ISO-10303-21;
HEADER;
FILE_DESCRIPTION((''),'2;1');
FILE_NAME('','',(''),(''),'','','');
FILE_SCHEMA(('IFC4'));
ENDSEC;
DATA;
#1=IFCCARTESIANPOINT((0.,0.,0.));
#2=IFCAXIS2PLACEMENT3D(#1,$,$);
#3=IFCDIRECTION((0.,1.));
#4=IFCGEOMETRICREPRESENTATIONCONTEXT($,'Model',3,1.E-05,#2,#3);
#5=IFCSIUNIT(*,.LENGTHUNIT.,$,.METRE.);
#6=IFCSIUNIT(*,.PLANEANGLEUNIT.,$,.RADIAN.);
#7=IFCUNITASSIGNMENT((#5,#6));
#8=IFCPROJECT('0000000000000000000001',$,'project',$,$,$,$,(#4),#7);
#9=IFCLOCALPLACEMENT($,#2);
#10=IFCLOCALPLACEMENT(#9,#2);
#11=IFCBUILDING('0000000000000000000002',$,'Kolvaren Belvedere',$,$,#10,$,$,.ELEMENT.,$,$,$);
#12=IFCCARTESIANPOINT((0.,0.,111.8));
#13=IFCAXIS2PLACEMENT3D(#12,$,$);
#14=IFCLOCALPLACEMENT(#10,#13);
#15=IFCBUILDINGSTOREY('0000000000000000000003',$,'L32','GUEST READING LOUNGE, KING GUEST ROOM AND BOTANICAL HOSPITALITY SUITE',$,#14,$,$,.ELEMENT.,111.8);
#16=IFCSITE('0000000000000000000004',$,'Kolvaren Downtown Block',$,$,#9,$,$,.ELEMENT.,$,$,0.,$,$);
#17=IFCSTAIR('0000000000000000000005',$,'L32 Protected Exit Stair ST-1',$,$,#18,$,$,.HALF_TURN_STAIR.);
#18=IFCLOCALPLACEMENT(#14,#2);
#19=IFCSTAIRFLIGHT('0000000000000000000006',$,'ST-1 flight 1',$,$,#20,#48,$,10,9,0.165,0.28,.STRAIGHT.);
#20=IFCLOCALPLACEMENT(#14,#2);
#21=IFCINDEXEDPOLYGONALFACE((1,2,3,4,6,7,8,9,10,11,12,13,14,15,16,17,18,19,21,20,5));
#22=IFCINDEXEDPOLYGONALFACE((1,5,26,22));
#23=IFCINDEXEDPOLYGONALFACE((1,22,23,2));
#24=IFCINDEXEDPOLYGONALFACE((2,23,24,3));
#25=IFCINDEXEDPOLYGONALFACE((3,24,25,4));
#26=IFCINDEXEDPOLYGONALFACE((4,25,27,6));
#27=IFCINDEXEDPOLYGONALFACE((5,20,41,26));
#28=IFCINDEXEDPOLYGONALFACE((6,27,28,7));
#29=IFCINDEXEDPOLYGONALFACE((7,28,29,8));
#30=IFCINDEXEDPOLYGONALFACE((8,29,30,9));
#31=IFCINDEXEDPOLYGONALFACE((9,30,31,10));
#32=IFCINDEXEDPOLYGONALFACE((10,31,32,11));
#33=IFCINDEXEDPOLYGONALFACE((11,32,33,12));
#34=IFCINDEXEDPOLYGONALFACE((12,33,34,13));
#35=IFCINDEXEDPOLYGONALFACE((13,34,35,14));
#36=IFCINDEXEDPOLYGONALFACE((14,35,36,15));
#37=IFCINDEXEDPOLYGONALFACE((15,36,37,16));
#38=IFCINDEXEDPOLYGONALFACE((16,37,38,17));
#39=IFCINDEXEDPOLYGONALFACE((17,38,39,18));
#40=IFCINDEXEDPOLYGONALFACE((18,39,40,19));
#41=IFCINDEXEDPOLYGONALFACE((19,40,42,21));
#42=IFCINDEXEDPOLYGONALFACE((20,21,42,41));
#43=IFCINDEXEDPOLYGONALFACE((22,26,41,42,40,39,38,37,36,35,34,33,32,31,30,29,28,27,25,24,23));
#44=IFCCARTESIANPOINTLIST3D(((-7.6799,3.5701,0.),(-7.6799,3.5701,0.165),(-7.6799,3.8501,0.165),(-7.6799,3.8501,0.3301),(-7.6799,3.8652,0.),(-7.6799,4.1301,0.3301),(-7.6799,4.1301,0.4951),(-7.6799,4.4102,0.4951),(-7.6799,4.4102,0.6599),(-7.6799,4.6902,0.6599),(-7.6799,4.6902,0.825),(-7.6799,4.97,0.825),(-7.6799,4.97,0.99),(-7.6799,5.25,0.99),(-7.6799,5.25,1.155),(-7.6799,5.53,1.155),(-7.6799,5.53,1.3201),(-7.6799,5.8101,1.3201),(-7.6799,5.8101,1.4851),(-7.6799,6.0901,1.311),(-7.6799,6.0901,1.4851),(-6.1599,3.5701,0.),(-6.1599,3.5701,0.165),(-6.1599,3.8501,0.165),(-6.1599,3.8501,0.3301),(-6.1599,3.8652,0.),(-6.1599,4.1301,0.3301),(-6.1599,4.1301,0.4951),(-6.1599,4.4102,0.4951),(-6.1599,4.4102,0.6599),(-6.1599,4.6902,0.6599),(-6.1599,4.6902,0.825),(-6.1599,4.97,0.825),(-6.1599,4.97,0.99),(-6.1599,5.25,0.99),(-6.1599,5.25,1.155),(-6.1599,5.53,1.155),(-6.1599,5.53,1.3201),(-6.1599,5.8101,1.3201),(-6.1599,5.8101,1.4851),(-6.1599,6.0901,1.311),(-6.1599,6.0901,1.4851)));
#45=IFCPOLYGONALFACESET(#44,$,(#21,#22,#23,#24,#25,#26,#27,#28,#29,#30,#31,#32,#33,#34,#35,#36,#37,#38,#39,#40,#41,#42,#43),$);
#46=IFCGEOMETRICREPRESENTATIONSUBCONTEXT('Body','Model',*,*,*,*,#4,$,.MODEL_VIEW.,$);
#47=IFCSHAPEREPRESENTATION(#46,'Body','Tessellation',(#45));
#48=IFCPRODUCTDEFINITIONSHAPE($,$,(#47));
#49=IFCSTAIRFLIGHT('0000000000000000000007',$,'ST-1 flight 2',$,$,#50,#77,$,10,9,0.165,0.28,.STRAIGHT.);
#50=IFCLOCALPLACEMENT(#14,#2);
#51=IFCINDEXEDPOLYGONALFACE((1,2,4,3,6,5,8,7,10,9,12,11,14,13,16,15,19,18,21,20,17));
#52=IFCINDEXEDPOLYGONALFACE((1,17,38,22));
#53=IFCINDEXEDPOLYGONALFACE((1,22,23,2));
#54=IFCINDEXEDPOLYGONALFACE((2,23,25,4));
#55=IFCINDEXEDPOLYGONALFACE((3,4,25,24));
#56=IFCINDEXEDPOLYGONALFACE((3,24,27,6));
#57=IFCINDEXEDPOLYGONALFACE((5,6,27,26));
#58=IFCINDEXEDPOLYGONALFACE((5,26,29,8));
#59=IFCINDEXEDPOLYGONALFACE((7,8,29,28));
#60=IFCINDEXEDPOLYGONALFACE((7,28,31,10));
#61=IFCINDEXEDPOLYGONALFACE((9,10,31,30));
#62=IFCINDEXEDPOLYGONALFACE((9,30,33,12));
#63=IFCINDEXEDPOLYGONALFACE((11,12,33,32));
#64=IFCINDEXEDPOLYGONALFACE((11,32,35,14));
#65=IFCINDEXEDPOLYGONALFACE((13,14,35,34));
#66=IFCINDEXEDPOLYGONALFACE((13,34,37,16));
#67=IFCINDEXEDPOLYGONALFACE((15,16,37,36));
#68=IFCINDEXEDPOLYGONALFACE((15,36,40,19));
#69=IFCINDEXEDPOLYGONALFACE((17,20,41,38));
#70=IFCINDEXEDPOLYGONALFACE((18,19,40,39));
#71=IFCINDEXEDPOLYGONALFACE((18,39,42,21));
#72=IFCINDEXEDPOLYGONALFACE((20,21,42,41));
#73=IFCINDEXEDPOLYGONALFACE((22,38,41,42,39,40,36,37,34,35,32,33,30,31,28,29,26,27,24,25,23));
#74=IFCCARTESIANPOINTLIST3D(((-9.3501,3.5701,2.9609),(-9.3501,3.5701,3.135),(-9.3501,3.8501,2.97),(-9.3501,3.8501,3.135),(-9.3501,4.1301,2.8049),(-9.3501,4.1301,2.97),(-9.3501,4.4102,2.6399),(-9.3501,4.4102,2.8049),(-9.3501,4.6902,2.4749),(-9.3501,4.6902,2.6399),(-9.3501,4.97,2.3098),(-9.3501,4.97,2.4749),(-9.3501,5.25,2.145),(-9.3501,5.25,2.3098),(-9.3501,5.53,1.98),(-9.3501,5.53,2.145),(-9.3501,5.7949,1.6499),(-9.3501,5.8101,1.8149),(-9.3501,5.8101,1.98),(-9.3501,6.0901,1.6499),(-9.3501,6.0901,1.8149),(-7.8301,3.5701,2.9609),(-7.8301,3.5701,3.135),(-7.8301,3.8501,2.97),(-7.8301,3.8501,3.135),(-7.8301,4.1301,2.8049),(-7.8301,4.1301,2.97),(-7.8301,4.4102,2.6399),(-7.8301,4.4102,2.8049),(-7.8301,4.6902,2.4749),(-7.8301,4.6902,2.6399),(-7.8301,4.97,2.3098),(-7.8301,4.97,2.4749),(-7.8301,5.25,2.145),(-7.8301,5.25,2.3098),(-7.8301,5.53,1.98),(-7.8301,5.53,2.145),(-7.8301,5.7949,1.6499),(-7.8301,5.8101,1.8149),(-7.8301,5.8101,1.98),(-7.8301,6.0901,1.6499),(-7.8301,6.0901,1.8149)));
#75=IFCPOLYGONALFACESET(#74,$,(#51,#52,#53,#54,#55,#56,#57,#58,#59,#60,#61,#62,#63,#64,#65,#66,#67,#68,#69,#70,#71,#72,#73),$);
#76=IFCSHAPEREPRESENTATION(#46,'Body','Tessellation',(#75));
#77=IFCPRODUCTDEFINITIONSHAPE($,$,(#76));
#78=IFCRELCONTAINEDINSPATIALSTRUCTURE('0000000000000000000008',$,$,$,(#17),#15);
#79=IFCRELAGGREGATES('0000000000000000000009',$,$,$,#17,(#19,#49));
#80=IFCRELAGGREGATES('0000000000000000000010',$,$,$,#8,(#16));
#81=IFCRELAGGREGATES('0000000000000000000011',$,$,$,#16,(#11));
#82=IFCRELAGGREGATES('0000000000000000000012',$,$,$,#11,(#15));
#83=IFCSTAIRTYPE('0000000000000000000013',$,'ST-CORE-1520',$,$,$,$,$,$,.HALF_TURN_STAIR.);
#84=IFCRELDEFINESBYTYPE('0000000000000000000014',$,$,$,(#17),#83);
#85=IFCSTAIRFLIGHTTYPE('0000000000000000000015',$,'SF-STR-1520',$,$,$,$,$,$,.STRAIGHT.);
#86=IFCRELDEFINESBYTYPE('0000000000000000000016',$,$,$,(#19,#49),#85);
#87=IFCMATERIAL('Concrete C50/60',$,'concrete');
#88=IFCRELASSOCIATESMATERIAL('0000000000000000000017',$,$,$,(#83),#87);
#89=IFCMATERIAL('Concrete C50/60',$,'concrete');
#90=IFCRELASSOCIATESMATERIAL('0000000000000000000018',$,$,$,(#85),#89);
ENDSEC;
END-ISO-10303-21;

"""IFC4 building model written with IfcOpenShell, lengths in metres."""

from ifc_helpers import new_model, si_unit, direction, frame, origin, place, context, subcontext, project, spatial, polyline, outline, extrude, material, type_object, element, aggregate, save


model = new_model("IFC4")

# Units and contexts
model_context = context("Model", 3, precision=1e-05, world=origin(), true_north=direction((0.0, 1.0)))
body_context = subcontext(model_context, "Body", "Model", "MODEL_VIEW")
ifc_project = project(units=[si_unit("LENGTHUNIT", "METRE"), si_unit("PLANEANGLEUNIT", "RADIAN")], contexts=[model_context])

# Site, building, storey
site_placement = place(None, origin())
site = spatial("IfcSite", under=ifc_project, at=site_placement, Name="Kolvaren Downtown Block", CompositionType="ELEMENT", RefElevation=0.0)
building_placement = place(site_placement, origin())
building = spatial("IfcBuilding", under=site, at=building_placement, Name="Kolvaren Belvedere", CompositionType="ELEMENT")
storey_placement = place(building_placement, frame((0.0, 0.0, 111.8)))
storey = spatial("IfcBuildingStorey", under=building, at=storey_placement, Name="L32", Description="GUEST READING LOUNGE, KING GUEST ROOM AND BOTANICAL HOSPITALITY SUITE", CompositionType="ELEMENT", Elevation=111.8)

# Stair, stair flights
ifc_material_1 = material(Name="Concrete C50/60", Category="concrete")
stair_type = type_object("IfcStairType", Name="ST-CORE-1520", PredefinedType="HALF_TURN_STAIR", material=ifc_material_1)
stair_placement = place(storey_placement, origin())
stair = element("IfcStair", 1, at=stair_placement, inside=storey, type_object=stair_type, Name="L32 Protected Exit Stair ST-1", PredefinedType="HALF_TURN_STAIR")
ifc_material_2 = material(Name="Concrete C50/60", Category="concrete")
stair_flight_type = type_object("IfcStairFlightType", Name="SF-STR-1520", PredefinedType="STRAIGHT", material=ifc_material_2)
stair_flight_1_placement = place(storey_placement, frame((-6.9199, 3.5701, 0.0), z_axis=(0.0, 0.0, 1.0), x_axis=(0.0, 1.0, 0.0)))
stair_flight_1 = element("IfcStairFlight", 2, at=stair_flight_1_placement, type_object=stair_flight_type, Name="ST-1 flight 1", NumberOfRisers=10, NumberOfTreads=9, PredefinedType="STRAIGHT", RiserHeight=0.165, TreadLength=0.28, context=body_context, shape_type="SweptSolid", body=[
    extrude(outline(polyline([(0.0, 0.0), (0.0, 0.165), (0.28, 0.165), (0.28, 0.3301), (0.5601, 0.3301), (0.5601, 0.4951), (0.8401, 0.4951), (0.8401, 0.6599), (1.1201, 0.6599), (1.1201, 0.825), (1.3999, 0.825), (1.3999, 0.99), (1.6799, 0.99), (1.6799, 1.155), (1.96, 1.155), (1.96, 1.3201), (2.24, 1.3201), (2.24, 1.4851), (2.52, 1.4851), (2.52, 1.6499), (2.52, 1.311), (0.2952, 0.0), (0.0, 0.0)])), frame((0.0, 0.76, 0.0), z_axis=(0.0, -1.0, 0.0), x_axis=(1.0, 0.0, 0.0)), (0.0, 0.0, 1.0), 1.52),
])
stair_flight_2_placement = place(storey_placement, frame((-8.5901, 6.0901, 1.6499), z_axis=(0.0, 0.0, 1.0), x_axis=(0.0, -1.0, 0.0)))
stair_flight_2 = element("IfcStairFlight", 3, at=stair_flight_2_placement, type_object=stair_flight_type, Name="ST-1 flight 2", NumberOfRisers=10, NumberOfTreads=9, PredefinedType="STRAIGHT", RiserHeight=0.165, TreadLength=0.28, context=body_context, shape_type="SweptSolid", body=[
    extrude(outline(polyline([(0.0, 0.0), (0.0, 0.165), (0.28, 0.165), (0.28, 0.3301), (0.5601, 0.3301), (0.5601, 0.4951), (0.8401, 0.4951), (0.8401, 0.6599), (1.1201, 0.6599), (1.1201, 0.825), (1.3999, 0.825), (1.3999, 0.99), (1.6799, 0.99), (1.6799, 1.155), (1.96, 1.155), (1.96, 1.3201), (2.24, 1.3201), (2.24, 1.4851), (2.52, 1.4851), (2.52, 1.6499), (2.52, 1.311), (0.2952, 0.0), (0.0, 0.0)])), frame((0.0, 0.76, 0.0), z_axis=(0.0, -1.0, 0.0), x_axis=(1.0, 0.0, 0.0)), (0.0, 0.0, 1.0), 1.52),
])
aggregate(stair, [stair_flight_1, stair_flight_2])

save(model, "model.ifc")
